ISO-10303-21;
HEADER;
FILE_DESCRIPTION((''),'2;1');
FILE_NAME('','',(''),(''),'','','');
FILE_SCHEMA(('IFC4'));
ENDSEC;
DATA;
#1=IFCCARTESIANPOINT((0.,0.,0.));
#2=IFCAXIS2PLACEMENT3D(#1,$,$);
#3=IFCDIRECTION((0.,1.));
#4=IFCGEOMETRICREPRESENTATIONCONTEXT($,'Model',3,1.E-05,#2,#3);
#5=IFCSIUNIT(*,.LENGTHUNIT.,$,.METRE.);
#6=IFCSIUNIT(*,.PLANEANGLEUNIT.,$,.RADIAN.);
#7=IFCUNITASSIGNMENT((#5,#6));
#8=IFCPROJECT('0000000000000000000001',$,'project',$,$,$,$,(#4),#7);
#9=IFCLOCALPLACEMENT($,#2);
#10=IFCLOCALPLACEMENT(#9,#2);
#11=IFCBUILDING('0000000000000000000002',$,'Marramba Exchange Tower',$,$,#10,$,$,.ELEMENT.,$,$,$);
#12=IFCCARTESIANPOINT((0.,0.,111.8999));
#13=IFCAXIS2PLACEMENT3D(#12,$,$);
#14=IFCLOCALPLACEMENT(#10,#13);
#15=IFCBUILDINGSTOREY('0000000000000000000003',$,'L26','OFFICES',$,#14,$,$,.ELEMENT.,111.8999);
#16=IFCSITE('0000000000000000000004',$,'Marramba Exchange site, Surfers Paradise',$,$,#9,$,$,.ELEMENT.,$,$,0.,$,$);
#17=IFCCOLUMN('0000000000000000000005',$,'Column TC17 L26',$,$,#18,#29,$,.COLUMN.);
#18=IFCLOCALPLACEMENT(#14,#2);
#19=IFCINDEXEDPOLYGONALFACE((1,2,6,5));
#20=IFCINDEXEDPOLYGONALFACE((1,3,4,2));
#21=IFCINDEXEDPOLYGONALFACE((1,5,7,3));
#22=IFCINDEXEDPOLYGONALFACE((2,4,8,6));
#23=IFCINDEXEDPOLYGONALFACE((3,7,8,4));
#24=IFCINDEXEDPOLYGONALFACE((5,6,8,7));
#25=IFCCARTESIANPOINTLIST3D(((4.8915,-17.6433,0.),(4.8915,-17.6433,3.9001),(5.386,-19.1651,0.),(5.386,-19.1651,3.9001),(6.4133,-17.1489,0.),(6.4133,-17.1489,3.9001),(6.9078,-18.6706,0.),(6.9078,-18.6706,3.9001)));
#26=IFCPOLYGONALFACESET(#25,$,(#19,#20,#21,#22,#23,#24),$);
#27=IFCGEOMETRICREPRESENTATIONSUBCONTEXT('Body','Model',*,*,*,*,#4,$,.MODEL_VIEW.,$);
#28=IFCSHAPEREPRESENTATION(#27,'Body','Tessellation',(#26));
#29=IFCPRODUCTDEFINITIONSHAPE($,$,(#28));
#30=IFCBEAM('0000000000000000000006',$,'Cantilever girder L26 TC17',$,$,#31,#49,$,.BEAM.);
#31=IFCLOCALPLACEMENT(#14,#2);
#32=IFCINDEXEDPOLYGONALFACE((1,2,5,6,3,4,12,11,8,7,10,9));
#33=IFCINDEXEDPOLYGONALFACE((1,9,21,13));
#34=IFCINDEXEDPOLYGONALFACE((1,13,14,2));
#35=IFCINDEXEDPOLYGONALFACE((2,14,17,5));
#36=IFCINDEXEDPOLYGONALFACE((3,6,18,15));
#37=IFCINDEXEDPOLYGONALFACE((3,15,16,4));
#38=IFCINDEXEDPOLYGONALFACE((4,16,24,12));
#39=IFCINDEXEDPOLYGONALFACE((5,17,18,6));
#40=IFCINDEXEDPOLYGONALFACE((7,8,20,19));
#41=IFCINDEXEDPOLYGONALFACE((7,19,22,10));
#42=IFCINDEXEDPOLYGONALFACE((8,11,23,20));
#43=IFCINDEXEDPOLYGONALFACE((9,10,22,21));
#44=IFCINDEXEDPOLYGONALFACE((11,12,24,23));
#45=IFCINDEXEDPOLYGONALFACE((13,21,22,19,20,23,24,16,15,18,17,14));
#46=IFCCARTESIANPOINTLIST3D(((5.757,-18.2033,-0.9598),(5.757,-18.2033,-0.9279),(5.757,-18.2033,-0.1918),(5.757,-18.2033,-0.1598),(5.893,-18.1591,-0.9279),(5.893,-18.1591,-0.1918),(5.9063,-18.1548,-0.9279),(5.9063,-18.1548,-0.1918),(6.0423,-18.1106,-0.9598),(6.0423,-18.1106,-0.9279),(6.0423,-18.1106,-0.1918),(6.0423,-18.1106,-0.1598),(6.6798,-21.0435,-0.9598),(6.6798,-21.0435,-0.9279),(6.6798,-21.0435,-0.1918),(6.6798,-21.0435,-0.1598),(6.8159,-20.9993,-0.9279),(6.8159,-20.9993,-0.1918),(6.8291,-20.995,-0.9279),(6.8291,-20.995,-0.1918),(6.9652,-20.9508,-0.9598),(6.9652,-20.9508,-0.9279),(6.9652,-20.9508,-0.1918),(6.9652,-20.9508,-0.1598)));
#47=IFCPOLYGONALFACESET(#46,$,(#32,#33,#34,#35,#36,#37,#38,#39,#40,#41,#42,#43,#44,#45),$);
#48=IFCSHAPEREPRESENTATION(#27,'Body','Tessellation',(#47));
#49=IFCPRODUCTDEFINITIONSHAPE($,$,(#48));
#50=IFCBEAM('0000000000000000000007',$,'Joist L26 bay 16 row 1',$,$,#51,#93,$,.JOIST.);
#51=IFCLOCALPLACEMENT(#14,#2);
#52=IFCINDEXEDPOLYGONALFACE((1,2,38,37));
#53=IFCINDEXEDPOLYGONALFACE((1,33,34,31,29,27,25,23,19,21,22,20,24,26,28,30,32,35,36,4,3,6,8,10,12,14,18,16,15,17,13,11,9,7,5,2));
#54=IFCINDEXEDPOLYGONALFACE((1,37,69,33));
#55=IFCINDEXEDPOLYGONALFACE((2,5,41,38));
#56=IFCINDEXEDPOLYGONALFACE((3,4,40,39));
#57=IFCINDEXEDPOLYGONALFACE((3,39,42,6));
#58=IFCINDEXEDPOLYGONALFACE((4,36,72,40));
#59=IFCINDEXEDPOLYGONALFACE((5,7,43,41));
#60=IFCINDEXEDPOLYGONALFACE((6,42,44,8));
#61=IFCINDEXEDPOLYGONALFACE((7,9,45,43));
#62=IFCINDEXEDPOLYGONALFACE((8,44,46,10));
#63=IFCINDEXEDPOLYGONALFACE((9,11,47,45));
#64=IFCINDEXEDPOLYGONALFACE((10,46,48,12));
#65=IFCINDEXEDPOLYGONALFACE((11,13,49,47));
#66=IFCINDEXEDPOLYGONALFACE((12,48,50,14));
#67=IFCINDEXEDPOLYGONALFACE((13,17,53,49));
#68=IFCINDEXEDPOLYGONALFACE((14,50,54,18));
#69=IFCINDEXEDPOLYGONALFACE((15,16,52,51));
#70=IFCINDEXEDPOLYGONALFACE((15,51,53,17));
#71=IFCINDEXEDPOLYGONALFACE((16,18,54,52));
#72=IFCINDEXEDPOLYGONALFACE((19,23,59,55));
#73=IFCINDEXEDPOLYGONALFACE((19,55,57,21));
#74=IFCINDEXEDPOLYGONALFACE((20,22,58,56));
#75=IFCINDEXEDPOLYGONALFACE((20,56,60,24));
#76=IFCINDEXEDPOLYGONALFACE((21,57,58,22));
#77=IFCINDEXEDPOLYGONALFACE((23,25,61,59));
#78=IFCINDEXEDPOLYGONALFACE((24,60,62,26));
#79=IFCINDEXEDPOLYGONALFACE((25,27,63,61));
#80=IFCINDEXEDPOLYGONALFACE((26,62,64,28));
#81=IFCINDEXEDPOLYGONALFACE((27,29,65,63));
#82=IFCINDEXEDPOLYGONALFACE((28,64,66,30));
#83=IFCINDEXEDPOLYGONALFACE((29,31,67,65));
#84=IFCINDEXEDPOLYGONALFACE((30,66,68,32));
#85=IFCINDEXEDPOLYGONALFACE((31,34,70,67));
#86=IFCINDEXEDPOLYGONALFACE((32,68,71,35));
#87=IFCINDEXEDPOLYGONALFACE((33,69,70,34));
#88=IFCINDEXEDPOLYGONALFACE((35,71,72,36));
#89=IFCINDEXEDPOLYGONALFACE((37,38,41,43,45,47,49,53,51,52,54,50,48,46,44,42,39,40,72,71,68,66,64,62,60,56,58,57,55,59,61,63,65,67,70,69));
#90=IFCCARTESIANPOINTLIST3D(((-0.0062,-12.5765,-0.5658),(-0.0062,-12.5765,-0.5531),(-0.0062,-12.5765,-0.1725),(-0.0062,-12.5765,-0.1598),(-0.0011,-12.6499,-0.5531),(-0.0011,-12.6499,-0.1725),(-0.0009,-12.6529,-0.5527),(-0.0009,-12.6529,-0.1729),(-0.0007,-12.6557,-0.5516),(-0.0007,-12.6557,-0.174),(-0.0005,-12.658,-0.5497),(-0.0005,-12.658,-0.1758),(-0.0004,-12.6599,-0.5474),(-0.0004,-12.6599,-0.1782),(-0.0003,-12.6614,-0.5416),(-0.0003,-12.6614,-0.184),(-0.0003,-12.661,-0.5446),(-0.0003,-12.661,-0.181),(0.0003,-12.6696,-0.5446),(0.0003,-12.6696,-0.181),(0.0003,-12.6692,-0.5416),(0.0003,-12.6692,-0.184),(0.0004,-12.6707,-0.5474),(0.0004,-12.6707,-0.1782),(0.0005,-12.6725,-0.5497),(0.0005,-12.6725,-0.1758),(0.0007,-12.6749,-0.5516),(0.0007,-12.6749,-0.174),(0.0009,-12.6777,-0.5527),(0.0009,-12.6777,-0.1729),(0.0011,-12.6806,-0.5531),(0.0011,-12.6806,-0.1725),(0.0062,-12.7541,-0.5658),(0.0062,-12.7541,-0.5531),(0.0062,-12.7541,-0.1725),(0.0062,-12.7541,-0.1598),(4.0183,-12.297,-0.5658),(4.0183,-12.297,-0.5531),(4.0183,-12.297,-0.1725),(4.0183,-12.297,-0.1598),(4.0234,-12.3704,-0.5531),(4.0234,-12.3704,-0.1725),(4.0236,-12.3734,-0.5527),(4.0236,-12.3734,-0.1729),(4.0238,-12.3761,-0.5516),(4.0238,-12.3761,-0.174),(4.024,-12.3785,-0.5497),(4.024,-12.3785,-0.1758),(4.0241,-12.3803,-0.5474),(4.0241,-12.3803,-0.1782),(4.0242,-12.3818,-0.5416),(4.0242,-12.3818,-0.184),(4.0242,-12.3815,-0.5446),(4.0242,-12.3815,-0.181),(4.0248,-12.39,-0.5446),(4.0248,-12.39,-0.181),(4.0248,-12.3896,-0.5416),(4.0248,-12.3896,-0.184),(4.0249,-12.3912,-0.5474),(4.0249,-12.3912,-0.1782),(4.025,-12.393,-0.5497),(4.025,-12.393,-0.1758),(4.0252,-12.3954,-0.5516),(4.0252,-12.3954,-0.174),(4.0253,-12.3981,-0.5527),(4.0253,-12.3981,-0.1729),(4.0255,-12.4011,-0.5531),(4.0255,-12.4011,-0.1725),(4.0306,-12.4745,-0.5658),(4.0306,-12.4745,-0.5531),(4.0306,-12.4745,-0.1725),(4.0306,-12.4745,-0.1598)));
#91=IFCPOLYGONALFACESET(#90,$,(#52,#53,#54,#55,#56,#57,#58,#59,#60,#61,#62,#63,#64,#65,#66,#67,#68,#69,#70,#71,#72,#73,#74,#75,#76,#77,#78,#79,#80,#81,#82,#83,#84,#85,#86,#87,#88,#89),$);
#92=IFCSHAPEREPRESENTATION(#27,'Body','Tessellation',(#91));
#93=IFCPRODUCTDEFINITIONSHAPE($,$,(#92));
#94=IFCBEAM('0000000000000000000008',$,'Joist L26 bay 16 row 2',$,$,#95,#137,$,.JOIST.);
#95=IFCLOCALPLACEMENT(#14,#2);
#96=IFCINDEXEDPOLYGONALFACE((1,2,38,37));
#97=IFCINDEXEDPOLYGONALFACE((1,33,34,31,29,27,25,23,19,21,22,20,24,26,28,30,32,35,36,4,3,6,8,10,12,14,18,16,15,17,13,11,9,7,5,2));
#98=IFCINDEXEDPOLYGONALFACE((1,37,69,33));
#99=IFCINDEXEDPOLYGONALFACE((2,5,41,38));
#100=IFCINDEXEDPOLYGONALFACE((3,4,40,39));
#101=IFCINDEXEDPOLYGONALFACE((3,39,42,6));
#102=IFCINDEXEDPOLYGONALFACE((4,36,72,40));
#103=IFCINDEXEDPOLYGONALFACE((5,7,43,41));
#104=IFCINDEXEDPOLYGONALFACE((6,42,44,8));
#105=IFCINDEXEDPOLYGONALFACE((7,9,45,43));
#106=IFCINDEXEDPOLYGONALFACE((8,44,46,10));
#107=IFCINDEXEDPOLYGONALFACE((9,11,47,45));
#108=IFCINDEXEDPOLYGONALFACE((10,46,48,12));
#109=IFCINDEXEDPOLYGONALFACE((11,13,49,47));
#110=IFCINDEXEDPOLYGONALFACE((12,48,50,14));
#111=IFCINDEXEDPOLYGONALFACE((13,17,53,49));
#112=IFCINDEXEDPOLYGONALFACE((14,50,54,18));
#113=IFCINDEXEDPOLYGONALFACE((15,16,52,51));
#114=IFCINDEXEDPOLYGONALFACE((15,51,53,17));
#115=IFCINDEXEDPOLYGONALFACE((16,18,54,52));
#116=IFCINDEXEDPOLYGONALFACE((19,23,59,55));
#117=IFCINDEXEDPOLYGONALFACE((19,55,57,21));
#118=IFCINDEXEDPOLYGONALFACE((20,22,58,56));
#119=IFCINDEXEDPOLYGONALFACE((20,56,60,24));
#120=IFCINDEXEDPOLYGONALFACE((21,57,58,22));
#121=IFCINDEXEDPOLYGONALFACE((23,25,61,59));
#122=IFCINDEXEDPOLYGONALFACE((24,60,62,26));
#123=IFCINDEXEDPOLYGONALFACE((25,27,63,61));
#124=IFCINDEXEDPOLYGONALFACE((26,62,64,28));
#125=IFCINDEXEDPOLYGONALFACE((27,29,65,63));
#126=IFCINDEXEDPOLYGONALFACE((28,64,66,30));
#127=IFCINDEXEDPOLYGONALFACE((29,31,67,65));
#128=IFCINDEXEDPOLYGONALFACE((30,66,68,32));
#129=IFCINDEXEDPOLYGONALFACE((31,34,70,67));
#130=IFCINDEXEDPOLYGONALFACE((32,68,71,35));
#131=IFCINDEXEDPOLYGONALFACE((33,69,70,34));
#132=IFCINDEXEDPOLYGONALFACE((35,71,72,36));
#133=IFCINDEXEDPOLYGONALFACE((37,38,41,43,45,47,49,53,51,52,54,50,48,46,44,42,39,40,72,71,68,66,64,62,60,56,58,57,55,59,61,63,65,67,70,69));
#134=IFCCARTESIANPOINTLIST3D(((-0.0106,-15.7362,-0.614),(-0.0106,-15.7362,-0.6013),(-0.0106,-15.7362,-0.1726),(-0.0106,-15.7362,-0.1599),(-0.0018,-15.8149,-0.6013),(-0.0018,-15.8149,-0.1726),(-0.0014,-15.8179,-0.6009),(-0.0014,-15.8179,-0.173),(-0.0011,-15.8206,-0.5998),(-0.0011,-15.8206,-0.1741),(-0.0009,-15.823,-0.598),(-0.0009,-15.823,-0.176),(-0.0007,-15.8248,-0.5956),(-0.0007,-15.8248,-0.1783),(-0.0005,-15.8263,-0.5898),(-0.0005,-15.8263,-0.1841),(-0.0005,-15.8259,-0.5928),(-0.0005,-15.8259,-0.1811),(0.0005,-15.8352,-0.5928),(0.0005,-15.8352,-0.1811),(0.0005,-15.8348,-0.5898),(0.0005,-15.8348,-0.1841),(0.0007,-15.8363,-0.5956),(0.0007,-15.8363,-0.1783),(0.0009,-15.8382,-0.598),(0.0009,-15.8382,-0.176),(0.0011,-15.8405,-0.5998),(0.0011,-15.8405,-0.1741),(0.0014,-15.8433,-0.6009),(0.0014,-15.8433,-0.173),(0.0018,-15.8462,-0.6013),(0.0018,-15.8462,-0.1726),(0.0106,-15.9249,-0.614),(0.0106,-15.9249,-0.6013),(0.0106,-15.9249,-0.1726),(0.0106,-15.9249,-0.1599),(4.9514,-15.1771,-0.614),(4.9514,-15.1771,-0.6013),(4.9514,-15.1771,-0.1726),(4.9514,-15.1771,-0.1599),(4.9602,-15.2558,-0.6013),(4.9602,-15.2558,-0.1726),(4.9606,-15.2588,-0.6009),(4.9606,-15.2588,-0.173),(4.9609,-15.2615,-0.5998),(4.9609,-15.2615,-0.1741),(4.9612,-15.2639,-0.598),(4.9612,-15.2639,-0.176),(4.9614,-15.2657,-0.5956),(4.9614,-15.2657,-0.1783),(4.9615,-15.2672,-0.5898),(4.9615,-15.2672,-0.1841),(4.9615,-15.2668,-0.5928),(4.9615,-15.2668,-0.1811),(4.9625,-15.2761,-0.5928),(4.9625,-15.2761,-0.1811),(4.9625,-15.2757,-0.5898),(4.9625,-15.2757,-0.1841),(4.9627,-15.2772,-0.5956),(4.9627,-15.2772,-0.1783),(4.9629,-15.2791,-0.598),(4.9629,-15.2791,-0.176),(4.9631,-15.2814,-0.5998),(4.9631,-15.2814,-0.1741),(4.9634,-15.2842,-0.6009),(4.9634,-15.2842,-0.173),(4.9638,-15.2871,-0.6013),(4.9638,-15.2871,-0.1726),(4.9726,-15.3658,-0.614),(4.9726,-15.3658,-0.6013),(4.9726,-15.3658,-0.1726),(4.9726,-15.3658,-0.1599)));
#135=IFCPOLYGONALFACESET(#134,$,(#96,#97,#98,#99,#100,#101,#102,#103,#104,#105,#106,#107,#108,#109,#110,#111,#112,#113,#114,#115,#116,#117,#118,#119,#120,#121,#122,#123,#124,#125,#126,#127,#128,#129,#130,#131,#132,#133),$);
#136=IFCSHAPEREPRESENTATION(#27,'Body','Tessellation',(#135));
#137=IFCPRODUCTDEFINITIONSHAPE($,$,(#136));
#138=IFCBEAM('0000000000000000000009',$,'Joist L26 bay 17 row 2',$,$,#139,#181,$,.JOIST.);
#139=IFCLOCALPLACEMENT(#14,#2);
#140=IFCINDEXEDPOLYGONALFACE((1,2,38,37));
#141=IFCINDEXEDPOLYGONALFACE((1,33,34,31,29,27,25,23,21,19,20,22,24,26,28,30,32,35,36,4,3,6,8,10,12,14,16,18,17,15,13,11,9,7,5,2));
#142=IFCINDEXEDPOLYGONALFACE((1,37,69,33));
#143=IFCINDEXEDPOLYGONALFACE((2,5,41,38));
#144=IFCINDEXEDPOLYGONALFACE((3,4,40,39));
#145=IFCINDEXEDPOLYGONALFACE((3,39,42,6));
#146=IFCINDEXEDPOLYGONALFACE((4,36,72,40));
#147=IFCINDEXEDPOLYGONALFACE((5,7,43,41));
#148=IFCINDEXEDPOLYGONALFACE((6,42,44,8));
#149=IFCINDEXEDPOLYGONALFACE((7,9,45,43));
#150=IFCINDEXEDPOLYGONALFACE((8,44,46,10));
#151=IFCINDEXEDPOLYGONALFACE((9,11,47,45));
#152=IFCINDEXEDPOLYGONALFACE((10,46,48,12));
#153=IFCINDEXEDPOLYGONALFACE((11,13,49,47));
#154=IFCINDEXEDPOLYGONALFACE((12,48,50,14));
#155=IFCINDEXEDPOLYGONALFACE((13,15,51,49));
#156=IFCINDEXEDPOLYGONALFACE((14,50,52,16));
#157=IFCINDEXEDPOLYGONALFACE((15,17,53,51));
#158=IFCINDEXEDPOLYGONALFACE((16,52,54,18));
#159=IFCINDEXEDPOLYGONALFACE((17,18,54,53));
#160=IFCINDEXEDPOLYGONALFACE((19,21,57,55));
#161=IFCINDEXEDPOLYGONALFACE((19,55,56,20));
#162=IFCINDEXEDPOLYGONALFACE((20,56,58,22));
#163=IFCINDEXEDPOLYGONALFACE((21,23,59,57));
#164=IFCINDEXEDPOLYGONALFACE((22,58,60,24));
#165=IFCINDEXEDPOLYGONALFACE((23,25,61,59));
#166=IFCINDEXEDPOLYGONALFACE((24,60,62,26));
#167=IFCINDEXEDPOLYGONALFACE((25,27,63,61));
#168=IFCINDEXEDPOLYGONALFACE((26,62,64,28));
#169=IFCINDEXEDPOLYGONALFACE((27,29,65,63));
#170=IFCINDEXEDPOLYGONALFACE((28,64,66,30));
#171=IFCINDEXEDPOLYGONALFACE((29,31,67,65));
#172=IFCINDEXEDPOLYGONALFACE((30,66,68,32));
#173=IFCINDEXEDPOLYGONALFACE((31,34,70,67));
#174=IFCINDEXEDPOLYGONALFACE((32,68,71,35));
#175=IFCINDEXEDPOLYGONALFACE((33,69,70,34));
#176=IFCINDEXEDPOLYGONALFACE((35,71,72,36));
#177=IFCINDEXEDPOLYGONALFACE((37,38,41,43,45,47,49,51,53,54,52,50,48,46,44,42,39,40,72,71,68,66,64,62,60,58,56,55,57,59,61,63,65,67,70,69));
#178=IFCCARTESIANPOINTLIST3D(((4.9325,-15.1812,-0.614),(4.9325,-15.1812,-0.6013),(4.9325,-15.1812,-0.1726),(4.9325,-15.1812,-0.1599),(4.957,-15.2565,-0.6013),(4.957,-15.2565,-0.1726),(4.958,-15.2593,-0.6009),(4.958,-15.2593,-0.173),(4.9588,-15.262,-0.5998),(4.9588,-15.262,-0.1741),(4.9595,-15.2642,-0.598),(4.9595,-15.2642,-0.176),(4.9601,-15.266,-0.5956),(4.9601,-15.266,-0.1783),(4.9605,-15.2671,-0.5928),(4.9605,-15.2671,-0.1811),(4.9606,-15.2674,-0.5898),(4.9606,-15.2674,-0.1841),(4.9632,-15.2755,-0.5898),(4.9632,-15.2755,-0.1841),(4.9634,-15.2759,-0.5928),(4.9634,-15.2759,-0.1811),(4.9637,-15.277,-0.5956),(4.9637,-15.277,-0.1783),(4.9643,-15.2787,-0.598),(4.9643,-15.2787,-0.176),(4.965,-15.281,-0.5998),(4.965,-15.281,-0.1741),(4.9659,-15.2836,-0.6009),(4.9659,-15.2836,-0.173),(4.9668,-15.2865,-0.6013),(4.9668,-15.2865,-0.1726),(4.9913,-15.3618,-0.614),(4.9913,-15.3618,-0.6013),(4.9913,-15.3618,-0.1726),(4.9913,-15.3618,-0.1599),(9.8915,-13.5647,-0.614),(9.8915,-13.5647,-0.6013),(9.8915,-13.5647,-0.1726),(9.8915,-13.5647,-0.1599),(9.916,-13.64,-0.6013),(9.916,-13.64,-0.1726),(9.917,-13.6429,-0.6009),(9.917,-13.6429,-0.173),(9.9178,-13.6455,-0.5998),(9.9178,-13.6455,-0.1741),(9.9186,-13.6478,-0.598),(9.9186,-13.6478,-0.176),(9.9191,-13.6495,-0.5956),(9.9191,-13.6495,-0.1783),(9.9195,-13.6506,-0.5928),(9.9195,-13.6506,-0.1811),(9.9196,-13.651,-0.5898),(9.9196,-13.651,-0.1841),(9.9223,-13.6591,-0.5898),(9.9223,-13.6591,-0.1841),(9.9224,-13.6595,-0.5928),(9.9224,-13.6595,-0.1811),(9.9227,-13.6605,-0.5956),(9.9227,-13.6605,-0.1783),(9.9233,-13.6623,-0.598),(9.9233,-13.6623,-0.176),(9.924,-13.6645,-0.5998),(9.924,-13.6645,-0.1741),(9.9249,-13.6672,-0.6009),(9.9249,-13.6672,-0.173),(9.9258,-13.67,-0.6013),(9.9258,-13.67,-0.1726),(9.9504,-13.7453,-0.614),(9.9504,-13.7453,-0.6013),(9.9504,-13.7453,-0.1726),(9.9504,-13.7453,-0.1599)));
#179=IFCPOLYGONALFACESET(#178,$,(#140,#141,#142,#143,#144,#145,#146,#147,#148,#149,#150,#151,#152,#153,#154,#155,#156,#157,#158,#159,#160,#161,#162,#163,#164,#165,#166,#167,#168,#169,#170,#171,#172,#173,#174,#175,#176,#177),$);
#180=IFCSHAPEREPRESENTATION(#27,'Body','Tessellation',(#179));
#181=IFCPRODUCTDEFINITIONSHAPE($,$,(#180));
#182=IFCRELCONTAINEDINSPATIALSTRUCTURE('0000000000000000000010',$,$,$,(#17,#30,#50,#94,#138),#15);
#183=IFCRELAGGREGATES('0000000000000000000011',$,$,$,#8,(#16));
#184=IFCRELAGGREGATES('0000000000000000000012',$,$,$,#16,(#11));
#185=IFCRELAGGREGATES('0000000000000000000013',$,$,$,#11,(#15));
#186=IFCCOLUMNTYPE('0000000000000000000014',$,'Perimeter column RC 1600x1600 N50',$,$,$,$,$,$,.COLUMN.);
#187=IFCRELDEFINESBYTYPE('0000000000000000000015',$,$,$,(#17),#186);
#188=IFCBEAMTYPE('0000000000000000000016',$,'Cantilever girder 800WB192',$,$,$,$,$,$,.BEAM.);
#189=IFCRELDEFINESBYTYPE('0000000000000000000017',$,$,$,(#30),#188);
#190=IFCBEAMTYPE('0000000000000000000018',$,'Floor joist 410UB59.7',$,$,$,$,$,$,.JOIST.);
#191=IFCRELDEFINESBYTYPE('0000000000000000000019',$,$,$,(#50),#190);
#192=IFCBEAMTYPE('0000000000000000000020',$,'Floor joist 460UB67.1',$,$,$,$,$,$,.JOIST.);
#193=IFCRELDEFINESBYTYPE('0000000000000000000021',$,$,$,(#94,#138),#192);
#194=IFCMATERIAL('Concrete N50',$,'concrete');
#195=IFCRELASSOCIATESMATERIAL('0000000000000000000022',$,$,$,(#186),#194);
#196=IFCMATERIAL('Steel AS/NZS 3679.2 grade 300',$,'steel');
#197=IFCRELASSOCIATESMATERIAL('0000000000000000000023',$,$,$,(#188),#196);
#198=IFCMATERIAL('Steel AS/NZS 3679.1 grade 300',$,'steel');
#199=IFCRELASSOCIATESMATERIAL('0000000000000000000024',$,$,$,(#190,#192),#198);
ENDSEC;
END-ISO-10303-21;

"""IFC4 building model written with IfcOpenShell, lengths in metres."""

from ifc_helpers import new_model, si_unit, direction, frame, origin, origin_2d, place, context, subcontext, project, spatial, rectangle, i_section, extrude, material, material_profile, profile_set, type_object, element, save


model = new_model("IFC4")

# Units and contexts
model_context = context("Model", 3, precision=1e-05, world=origin(), true_north=direction((0.0, 1.0)))
body_context = subcontext(model_context, "Body", "Model", "MODEL_VIEW")
ifc_project = project(units=[si_unit("LENGTHUNIT", "METRE"), si_unit("PLANEANGLEUNIT", "RADIAN")], contexts=[model_context])

# Site, building, storey
site_placement = place(None, origin())
site = spatial("IfcSite", under=ifc_project, at=site_placement, Name="Marramba Exchange site, Surfers Paradise", CompositionType="ELEMENT", RefElevation=0.0)
building_placement = place(site_placement, origin())
building = spatial("IfcBuilding", under=site, at=building_placement, Name="Marramba Exchange Tower", CompositionType="ELEMENT")
storey_placement = place(building_placement, frame((0.0, 0.0, 111.8999)))
storey = spatial("IfcBuildingStorey", under=building, at=storey_placement, Name="L26", Description="OFFICES", CompositionType="ELEMENT", Elevation=111.8999)

# Column
ifc_material_1 = material(Name="Concrete N50", Category="concrete")
ifc_material_profile_1 = material_profile(ifc_material_1, rectangle(XDim=1.6001, YDim=1.6001, at=origin_2d()), Name="RC 1600x1600")
ifc_profile_set_1 = profile_set([ifc_material_profile_1], Name="Concrete N50")
column_type = type_object("IfcColumnType", Name="Perimeter column RC 1600x1600 N50", PredefinedType="COLUMN", material=ifc_profile_set_1)
column_placement = place(storey_placement, frame((5.8997, -18.157, 0.0), z_axis=(0.0, 0.0, 1.0), x_axis=(0.309017, -0.951057, 0.0)))
element("IfcColumn", 1, at=column_placement, inside=storey, type_object=column_type, Name="Column TC17 L26", PredefinedType="COLUMN", context=body_context, shape_type="SweptSolid", body=[
    extrude(rectangle(XDim=1.6001, YDim=1.6001, at=origin_2d()), origin(), (0.0, 0.0, 1.0), 3.9001),
])

# Beams
ifc_material_2 = material(Name="Steel AS/NZS 3679.2 grade 300", Category="steel")
ifc_material_profile_2 = material_profile(ifc_material_2, i_section(OverallWidth=0.3, OverallDepth=0.8, WebThickness=0.0139, FlangeThickness=0.032, at=origin_2d()), Name="800WB192")
ifc_profile_set_2 = profile_set([ifc_material_profile_2], Name="Steel AS/NZS 3679.2 grade 300")
beam_type_1 = type_object("IfcBeamType", Name="Cantilever girder 800WB192", PredefinedType="BEAM", material=ifc_profile_set_2)
beam_1_placement = place(storey_placement, frame((5.8997, -18.157, -0.5598), z_axis=(0.309032, -0.951051, 0.0), x_axis=(0.951051, 0.309032, 0.0)))
element("IfcBeam", 2, at=beam_1_placement, inside=storey, type_object=beam_type_1, Name="Cantilever girder L26 TC17", PredefinedType="BEAM", context=body_context, shape_type="SweptSolid", body=[
    extrude(i_section(OverallWidth=0.3, OverallDepth=0.8, WebThickness=0.0139, FlangeThickness=0.032, at=origin_2d()), origin(), (0.0, 0.0, 1.0), 2.9863),
])
ifc_material_3 = material(Name="Steel AS/NZS 3679.1 grade 300", Category="steel")
ifc_material_profile_3 = material_profile(ifc_material_3, i_section(OverallWidth=0.178, OverallDepth=0.406, WebThickness=0.0078, FlangeThickness=0.0127, FilletRadius=0.0115, at=origin_2d()), Name="410UB59.7")
ifc_profile_set_3 = profile_set([ifc_material_profile_3], Name="Steel AS/NZS 3679.1 grade 300")
beam_type_2 = type_object("IfcBeamType", Name="Floor joist 410UB59.7", PredefinedType="JOIST", material=ifc_profile_set_3)
beam_2_placement = place(storey_placement, frame((0.0, -12.6653, -0.3628), z_axis=(0.997596, 0.069294, 0.0), x_axis=(-0.069294, 0.997596, 0.0)))
element("IfcBeam", 3, at=beam_2_placement, inside=storey, type_object=beam_type_2, Name="Joist L26 bay 16 row 1", PredefinedType="JOIST", context=body_context, shape_type="SweptSolid", body=[
    extrude(i_section(OverallWidth=0.178, OverallDepth=0.406, WebThickness=0.0078, FlangeThickness=0.0127, FilletRadius=0.0115, at=origin_2d()), origin(), (0.0, 0.0, 1.0), 4.0342),
])
ifc_material_profile_4 = material_profile(ifc_material_3, i_section(OverallWidth=0.1899, OverallDepth=0.4541, WebThickness=0.0085, FlangeThickness=0.0127, FilletRadius=0.0115, at=origin_2d()), Name="460UB67.1")
ifc_profile_set_4 = profile_set([ifc_material_profile_4], Name="Steel AS/NZS 3679.1 grade 300")
beam_type_3 = type_object("IfcBeamType", Name="Floor joist 460UB67.1", PredefinedType="JOIST", material=ifc_profile_set_4)
beam_3_placement = place(storey_placement, frame((0.0, -15.8306, -0.387), z_axis=(0.993712, 0.111966, 0.0), x_axis=(-0.111966, 0.993712, 0.0)))
element("IfcBeam", 4, at=beam_3_placement, inside=storey, type_object=beam_type_3, Name="Joist L26 bay 16 row 2", PredefinedType="JOIST", context=body_context, shape_type="SweptSolid", body=[
    extrude(i_section(OverallWidth=0.1899, OverallDepth=0.4541, WebThickness=0.0085, FlangeThickness=0.0127, FilletRadius=0.0115, at=origin_2d()), origin(), (0.0, 0.0, 1.0), 4.9934),
])
beam_4_placement = place(storey_placement, frame((4.9619, -15.2715, -0.387), z_axis=(0.950764, 0.309916, 0.0), x_axis=(-0.309916, 0.950764, 0.0)))
element("IfcBeam", 5, at=beam_4_placement, inside=storey, type_object=beam_type_3, Name="Joist L26 bay 17 row 2", PredefinedType="JOIST", context=body_context, shape_type="SweptSolid", body=[
    extrude(i_section(OverallWidth=0.1899, OverallDepth=0.4541, WebThickness=0.0085, FlangeThickness=0.0127, FilletRadius=0.0115, at=origin_2d()), origin(), (0.0, 0.0, 1.0), 5.2158),
])

save(model, "model.ifc")
